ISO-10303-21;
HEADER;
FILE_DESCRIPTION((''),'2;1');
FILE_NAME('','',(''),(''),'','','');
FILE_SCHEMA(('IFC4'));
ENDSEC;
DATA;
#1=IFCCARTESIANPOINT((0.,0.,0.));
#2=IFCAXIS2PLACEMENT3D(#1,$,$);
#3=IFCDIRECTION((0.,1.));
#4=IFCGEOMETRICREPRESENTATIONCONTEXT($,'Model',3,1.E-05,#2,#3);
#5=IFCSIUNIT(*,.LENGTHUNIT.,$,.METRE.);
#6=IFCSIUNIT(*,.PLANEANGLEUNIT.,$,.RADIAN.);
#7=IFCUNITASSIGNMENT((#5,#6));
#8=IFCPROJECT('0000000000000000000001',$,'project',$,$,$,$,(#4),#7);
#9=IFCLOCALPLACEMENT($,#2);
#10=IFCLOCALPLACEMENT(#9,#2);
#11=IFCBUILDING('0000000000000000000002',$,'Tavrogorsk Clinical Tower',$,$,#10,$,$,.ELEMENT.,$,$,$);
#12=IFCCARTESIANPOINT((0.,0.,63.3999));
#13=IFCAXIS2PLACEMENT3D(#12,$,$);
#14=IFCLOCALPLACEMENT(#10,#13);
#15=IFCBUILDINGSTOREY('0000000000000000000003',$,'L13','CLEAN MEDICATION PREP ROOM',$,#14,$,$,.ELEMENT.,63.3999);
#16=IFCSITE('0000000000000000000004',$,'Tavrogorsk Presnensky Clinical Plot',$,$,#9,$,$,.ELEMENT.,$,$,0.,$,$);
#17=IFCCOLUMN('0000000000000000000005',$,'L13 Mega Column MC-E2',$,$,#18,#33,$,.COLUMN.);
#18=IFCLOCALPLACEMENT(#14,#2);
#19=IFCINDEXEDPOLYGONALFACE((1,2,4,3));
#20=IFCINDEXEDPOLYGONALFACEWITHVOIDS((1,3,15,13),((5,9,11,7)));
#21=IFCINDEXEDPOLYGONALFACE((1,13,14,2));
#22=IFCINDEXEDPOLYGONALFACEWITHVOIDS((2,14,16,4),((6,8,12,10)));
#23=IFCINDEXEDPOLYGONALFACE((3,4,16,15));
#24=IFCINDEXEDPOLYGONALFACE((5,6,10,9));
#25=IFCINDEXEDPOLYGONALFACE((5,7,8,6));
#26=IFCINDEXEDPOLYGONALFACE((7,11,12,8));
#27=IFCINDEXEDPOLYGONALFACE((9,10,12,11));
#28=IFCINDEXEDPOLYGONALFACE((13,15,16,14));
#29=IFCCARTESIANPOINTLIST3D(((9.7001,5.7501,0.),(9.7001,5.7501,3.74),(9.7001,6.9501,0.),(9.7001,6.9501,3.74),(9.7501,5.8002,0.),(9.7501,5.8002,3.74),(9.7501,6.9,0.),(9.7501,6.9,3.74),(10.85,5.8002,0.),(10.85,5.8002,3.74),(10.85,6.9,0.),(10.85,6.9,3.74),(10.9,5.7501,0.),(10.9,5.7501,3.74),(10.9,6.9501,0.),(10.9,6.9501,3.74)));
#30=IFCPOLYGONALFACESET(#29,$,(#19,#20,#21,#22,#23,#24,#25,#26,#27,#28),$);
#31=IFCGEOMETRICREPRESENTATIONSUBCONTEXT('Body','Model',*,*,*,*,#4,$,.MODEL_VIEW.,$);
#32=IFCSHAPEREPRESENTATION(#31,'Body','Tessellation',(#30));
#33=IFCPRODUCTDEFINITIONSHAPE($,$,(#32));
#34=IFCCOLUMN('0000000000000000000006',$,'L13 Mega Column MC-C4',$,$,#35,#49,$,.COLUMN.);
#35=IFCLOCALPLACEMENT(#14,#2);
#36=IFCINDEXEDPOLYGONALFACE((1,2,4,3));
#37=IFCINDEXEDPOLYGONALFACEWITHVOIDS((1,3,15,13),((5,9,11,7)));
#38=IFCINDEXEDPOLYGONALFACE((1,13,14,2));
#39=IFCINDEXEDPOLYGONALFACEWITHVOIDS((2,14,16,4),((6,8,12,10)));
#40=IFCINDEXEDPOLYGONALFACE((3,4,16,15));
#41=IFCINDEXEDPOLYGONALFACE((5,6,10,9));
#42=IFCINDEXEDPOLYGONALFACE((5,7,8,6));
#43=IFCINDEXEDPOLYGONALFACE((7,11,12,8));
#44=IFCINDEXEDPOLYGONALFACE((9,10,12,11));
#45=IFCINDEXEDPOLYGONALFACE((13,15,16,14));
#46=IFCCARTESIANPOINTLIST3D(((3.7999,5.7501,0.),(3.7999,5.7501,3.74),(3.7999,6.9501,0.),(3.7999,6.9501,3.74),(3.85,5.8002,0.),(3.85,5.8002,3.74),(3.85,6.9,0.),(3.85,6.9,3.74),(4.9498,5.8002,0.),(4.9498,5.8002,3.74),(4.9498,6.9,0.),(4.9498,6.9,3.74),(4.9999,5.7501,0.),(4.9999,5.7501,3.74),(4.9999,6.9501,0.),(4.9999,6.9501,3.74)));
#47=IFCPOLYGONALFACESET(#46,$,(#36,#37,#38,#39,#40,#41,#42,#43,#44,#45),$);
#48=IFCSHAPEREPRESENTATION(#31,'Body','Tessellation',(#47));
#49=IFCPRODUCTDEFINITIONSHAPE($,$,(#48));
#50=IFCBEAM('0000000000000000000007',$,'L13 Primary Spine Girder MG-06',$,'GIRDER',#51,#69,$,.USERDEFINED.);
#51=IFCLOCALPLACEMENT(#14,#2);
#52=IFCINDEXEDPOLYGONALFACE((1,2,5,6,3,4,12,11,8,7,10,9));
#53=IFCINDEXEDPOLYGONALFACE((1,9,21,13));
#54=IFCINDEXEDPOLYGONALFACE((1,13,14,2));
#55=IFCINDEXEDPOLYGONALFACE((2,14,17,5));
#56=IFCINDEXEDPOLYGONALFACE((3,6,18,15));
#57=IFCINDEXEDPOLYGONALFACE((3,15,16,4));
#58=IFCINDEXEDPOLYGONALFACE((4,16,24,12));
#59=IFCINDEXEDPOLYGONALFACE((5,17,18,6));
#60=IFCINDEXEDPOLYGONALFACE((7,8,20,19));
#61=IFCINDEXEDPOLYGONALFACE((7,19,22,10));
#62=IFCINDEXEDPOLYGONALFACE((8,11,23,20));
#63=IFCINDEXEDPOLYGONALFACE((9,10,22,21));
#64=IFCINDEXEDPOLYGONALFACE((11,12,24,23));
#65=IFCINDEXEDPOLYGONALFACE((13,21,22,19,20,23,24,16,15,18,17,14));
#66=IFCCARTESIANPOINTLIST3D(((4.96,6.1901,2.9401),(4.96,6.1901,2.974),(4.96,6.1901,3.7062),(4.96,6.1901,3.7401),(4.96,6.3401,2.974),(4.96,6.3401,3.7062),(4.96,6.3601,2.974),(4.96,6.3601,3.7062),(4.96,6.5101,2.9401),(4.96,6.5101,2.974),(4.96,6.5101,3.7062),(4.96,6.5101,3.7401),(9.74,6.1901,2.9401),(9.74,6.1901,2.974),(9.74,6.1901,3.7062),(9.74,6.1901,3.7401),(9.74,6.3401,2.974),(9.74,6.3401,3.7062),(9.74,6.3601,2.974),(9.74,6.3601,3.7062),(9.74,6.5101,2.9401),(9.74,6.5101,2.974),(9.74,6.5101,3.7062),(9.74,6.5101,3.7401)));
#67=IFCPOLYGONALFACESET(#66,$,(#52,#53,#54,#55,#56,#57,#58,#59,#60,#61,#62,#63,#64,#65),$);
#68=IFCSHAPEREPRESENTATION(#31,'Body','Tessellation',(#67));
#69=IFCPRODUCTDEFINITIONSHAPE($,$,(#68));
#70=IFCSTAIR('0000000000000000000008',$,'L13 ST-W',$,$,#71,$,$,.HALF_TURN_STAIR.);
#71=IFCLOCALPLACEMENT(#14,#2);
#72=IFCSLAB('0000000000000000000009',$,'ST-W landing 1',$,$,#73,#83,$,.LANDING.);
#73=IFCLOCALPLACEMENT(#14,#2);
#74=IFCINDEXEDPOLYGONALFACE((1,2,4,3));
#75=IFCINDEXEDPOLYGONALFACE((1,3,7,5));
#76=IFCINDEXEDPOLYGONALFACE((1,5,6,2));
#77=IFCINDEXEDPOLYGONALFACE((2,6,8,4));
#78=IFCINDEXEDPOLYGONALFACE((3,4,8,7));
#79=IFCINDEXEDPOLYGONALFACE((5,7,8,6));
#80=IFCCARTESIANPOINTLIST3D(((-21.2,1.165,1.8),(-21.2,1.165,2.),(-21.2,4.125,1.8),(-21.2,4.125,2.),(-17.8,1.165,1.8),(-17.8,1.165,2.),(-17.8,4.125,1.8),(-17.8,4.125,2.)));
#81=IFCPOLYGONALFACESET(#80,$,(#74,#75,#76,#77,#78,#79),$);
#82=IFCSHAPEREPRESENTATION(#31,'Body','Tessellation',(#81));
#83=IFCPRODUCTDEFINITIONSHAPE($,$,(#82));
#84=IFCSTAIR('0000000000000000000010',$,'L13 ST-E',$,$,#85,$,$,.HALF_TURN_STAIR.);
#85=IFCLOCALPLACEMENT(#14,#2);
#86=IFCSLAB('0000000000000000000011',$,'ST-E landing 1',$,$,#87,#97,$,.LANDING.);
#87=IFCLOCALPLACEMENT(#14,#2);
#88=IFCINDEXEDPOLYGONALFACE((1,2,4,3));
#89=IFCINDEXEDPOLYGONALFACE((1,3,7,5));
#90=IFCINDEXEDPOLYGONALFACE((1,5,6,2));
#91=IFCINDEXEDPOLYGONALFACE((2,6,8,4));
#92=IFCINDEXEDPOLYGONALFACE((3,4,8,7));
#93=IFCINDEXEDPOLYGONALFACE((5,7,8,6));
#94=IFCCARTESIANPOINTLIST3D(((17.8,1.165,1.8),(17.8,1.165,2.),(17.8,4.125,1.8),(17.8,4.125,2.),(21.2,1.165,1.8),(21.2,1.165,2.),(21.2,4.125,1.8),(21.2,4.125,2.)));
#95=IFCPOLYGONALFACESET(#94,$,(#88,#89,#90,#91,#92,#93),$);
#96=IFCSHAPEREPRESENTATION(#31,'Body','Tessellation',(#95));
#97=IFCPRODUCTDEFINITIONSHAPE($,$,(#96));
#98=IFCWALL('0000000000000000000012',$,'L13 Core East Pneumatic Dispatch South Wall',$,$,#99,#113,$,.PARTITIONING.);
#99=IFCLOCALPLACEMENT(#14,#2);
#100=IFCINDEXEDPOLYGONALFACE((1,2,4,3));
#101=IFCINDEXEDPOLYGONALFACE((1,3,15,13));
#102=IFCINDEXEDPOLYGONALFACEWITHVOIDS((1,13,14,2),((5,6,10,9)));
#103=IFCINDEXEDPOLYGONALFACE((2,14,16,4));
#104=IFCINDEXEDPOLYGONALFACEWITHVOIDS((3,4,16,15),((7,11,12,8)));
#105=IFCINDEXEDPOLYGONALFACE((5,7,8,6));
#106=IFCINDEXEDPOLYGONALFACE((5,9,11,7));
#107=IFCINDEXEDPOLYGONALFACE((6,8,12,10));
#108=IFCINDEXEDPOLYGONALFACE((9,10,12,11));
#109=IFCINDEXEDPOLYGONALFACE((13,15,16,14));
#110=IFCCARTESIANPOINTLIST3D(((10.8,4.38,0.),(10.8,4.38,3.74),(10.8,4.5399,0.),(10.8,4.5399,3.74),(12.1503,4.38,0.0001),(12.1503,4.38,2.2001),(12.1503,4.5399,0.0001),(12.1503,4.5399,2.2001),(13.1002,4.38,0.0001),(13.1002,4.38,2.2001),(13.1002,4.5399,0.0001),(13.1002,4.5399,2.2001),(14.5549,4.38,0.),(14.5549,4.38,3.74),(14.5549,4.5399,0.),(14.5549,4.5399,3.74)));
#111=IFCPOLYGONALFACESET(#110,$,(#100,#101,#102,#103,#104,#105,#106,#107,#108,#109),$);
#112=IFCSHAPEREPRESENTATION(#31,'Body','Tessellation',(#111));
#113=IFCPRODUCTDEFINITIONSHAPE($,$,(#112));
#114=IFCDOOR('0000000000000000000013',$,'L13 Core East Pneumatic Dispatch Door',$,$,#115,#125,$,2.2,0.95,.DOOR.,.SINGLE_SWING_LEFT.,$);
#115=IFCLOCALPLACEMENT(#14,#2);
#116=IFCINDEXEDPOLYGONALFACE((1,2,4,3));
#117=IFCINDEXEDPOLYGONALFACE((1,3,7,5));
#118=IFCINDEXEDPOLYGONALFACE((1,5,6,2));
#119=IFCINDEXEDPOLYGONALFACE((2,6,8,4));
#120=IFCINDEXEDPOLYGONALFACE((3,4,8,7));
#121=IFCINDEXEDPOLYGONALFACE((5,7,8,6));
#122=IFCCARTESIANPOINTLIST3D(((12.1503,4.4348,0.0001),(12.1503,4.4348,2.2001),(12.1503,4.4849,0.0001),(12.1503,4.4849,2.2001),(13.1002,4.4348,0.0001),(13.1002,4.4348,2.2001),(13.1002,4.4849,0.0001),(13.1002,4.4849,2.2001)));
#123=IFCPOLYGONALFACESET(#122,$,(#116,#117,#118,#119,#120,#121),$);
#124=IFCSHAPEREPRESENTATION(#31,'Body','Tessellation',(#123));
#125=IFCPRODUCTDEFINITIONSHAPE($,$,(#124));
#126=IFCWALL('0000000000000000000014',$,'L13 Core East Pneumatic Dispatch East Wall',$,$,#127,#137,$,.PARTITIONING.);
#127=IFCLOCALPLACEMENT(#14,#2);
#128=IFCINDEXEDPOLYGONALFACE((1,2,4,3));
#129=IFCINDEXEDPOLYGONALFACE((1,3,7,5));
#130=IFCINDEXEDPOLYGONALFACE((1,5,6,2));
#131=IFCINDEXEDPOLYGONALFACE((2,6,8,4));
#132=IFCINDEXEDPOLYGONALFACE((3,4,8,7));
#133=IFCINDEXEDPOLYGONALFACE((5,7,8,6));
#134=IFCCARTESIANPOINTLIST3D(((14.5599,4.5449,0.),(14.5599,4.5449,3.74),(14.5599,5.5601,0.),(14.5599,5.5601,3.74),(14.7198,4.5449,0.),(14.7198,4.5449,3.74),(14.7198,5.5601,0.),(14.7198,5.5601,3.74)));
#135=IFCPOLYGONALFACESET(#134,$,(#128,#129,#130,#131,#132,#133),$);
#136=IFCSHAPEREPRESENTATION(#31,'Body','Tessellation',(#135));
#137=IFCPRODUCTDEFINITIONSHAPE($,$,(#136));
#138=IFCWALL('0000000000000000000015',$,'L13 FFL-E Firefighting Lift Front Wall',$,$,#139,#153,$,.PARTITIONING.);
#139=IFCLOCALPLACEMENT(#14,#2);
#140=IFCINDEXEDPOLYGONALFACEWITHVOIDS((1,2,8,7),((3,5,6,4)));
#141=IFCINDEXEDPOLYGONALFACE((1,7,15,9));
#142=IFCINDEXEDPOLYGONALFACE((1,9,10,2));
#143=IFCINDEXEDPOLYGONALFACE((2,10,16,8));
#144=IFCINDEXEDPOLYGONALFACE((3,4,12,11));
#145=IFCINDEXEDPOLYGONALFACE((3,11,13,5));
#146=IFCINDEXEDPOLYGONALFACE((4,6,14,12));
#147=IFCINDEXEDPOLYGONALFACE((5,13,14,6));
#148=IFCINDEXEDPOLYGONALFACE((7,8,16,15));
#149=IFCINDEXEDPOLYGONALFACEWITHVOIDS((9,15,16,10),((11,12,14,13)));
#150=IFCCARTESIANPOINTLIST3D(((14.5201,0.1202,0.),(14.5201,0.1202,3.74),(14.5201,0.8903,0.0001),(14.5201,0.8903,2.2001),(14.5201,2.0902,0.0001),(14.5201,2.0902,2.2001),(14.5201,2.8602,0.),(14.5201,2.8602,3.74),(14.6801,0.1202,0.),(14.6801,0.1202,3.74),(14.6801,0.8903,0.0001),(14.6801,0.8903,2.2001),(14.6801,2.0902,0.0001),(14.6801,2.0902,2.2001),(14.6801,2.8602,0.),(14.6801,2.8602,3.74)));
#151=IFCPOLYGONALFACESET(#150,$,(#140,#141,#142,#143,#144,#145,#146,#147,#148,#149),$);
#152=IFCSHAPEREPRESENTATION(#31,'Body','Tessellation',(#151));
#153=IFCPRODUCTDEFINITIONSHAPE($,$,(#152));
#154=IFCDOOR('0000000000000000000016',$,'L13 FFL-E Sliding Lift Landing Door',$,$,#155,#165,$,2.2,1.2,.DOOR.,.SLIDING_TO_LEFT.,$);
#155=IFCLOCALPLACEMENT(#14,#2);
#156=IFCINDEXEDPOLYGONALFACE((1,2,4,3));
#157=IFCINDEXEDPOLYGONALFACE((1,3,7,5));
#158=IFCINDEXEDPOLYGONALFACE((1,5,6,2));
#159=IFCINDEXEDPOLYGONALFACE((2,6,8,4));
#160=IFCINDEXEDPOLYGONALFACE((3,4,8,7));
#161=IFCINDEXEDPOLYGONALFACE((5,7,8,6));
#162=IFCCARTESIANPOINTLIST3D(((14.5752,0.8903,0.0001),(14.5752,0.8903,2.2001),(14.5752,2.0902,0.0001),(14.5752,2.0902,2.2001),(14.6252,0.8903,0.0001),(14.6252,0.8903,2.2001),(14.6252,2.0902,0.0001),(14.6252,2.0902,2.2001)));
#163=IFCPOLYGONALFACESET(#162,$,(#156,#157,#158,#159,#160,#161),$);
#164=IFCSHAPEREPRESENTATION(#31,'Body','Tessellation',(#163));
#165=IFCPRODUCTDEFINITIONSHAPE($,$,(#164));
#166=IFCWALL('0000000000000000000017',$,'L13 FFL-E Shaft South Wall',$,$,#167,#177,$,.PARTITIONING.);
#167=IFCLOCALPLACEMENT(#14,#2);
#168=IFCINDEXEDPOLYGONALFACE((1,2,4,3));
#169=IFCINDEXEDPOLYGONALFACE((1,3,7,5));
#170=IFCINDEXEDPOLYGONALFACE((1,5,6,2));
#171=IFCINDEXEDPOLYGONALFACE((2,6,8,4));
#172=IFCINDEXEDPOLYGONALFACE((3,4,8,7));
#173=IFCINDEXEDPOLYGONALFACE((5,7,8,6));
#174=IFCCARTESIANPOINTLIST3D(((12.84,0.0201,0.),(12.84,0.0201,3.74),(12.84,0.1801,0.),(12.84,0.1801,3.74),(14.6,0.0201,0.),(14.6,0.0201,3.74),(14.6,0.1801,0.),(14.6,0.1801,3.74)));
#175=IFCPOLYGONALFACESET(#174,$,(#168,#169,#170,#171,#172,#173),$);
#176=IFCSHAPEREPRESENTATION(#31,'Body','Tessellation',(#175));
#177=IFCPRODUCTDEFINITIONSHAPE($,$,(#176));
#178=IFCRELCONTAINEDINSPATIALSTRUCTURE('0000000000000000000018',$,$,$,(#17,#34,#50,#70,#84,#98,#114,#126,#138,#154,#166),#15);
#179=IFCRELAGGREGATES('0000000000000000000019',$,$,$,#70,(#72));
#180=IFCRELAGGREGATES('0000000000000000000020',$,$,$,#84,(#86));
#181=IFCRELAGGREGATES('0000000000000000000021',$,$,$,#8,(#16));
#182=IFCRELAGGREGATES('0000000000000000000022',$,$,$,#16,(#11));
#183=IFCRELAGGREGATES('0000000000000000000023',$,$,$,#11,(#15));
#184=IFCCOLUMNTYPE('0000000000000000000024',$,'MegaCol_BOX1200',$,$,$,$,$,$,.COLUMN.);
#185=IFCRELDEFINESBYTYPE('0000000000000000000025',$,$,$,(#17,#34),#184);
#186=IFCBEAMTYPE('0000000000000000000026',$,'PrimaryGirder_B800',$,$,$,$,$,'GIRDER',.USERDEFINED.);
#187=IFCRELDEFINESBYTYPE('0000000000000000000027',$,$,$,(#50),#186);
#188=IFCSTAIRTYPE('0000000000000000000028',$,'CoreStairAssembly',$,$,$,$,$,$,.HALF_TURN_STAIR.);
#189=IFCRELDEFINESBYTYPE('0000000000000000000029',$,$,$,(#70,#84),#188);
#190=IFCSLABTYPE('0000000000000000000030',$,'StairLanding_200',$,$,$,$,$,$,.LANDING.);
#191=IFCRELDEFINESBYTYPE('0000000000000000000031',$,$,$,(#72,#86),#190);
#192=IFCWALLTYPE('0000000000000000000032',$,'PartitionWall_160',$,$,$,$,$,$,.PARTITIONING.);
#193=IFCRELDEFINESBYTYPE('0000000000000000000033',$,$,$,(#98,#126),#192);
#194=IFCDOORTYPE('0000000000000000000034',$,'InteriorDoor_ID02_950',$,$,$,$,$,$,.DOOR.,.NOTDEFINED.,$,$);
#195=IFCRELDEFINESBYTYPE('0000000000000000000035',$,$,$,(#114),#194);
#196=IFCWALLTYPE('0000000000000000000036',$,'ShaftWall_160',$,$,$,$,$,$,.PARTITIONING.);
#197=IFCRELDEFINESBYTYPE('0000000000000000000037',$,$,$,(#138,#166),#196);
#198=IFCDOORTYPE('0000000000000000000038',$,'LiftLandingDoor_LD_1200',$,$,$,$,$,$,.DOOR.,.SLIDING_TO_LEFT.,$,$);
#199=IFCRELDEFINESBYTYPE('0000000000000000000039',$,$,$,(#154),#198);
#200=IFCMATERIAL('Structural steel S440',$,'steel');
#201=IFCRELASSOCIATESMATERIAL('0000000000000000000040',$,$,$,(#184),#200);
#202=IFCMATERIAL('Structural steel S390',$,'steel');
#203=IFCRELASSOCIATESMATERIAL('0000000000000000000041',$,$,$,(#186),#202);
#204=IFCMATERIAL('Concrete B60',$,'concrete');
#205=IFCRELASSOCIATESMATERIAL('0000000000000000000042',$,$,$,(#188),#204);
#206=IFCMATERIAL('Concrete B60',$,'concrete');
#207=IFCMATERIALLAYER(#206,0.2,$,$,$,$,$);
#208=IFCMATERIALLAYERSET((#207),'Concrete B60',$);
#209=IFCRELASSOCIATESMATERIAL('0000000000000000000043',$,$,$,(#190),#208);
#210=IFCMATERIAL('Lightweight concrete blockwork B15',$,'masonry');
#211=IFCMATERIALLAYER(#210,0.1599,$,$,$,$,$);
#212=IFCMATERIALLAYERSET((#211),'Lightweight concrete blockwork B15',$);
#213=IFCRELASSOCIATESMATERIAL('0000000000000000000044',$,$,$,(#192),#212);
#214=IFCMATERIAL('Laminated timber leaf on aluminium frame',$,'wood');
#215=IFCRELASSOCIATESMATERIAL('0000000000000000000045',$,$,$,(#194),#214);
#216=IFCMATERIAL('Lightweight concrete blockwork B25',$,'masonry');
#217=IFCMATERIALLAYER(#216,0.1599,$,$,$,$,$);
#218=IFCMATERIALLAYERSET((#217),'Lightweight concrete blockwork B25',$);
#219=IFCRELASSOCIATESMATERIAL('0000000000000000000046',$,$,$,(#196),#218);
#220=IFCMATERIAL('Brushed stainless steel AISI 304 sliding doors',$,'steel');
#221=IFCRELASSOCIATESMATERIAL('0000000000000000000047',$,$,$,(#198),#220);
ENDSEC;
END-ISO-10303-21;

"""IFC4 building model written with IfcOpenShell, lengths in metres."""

from ifc_helpers import new_model, si_unit, direction, frame, frame_2d, origin, origin_2d, place, context, subcontext, project, spatial, polyline, rectangle, hollow_rectangle, i_section, outline, extrude, material, layer, layer_set, material_profile, profile_set, type_object, element, fill, aggregate, save


model = new_model("IFC4")

# Units and contexts
model_context = context("Model", 3, precision=1e-05, world=origin(), true_north=direction((0.0, 1.0)))
body_context = subcontext(model_context, "Body", "Model", "MODEL_VIEW")
ifc_project = project(units=[si_unit("LENGTHUNIT", "METRE"), si_unit("PLANEANGLEUNIT", "RADIAN")], contexts=[model_context])

# Site, building, storey
site_placement = place(None, origin())
site = spatial("IfcSite", under=ifc_project, at=site_placement, Name="Tavrogorsk Presnensky Clinical Plot", CompositionType="ELEMENT", RefElevation=0.0)
building_placement = place(site_placement, origin())
building = spatial("IfcBuilding", under=site, at=building_placement, Name="Tavrogorsk Clinical Tower", CompositionType="ELEMENT")
storey_placement = place(building_placement, frame((0.0, 0.0, 63.3999)))
storey = spatial("IfcBuildingStorey", under=building, at=storey_placement, Name="L13", Description="CLEAN MEDICATION PREP ROOM", CompositionType="ELEMENT", Elevation=63.3999)

# Columns
ifc_material_1 = material(Name="Structural steel S440", Category="steel")
ifc_material_profile_1 = material_profile(ifc_material_1, hollow_rectangle(XDim=1.2, YDim=1.2, WallThickness=0.05, at=origin_2d()), Name="BOX-1200x1200x50")
ifc_profile_set_1 = profile_set([ifc_material_profile_1], Name="Structural steel S440")
column_type = type_object("IfcColumnType", Name="MegaCol_BOX1200", PredefinedType="COLUMN", material=ifc_profile_set_1)
for number, where, z_axis, x_axis, name in (
    (1, (10.3, 6.3501, 0.0), (0.0, 0.0, 1.0), (1.0, 0.0, 0.0), "L13 Mega Column MC-E2"),
    (2, (4.3999, 6.3501, 0.0), (0.0, 0.0, 1.0), (1.0, 0.0, 0.0), "L13 Mega Column MC-C4"),
):
    element("IfcColumn", number, at=place(storey_placement, frame(where, z_axis=z_axis, x_axis=x_axis)), inside=storey, type_object=column_type, Name=name, PredefinedType="COLUMN", context=body_context, shape_type="SweptSolid", body=[
        extrude(hollow_rectangle(XDim=1.2, YDim=1.2, WallThickness=0.05, at=origin_2d()), origin(), (0.0, 0.0, 1.0), 3.74),
    ])

# Beam
ifc_material_2 = material(Name="Structural steel S390", Category="steel")
ifc_material_profile_2 = material_profile(ifc_material_2, i_section(OverallWidth=0.3201, OverallDepth=0.8, WebThickness=0.02, FlangeThickness=0.0339, at=origin_2d()), Name="B-800x320x20x34")
ifc_profile_set_2 = profile_set([ifc_material_profile_2], Name="Structural steel S390")
beam_type = type_object("IfcBeamType", Name="PrimaryGirder_B800", ElementType="GIRDER", PredefinedType="USERDEFINED", material=ifc_profile_set_2)
beam_placement = place(storey_placement, frame((4.96, 6.3501, 3.3401), z_axis=(1.0, 0.0, 0.0), x_axis=(0.0, 1.0, 0.0)))
element("IfcBeam", 3, at=beam_placement, inside=storey, type_object=beam_type, Name="L13 Primary Spine Girder MG-06", ObjectType="GIRDER", PredefinedType="USERDEFINED", context=body_context, shape_type="SweptSolid", body=[
    extrude(i_section(OverallWidth=0.3201, OverallDepth=0.8, WebThickness=0.02, FlangeThickness=0.0339, at=origin_2d()), origin(), (0.0, 0.0, 1.0), 4.78),
])

# Stairs, slabs
ifc_material_3 = material(Name="Concrete B60", Category="concrete")
stair_type = type_object("IfcStairType", Name="CoreStairAssembly", PredefinedType="HALF_TURN_STAIR", material=ifc_material_3)
stair_1_placement = place(storey_placement, origin())
stair_1 = element("IfcStair", 4, at=stair_1_placement, inside=storey, type_object=stair_type, Name="L13 ST-W", PredefinedType="HALF_TURN_STAIR")
ifc_material_4 = material(Name="Concrete B60", Category="concrete")
ifc_layer_1 = layer(ifc_material_4, 0.2)
ifc_layer_set_1 = layer_set([ifc_layer_1], Name="Concrete B60")
slab_type = type_object("IfcSlabType", Name="StairLanding_200", PredefinedType="LANDING", material=ifc_layer_set_1)
slab_1_placement = place(storey_placement, frame((0.0, 0.0, 1.8)))
slab_1 = element("IfcSlab", 5, at=slab_1_placement, type_object=slab_type, Name="ST-W landing 1", PredefinedType="LANDING", context=body_context, shape_type="SweptSolid", body=[
    extrude(outline(polyline([(-17.8, 1.165), (-17.8, 4.125), (-21.2, 4.125), (-21.2, 1.165), (-17.8, 1.165)])), origin(), (0.0, 0.0, 1.0), 0.2),
])
aggregate(stair_1, [slab_1])
stair_2_placement = place(storey_placement, origin())
stair_2 = element("IfcStair", 6, at=stair_2_placement, inside=storey, type_object=stair_type, Name="L13 ST-E", PredefinedType="HALF_TURN_STAIR")
slab_2_placement = place(storey_placement, frame((0.0, 0.0, 1.8)))
slab_2 = element("IfcSlab", 7, at=slab_2_placement, type_object=slab_type, Name="ST-E landing 1", PredefinedType="LANDING", context=body_context, shape_type="SweptSolid", body=[
    extrude(outline(polyline([(21.2, 1.165), (21.2, 4.125), (17.8, 4.125), (17.8, 1.165), (21.2, 1.165)])), origin(), (0.0, 0.0, 1.0), 0.2),
])
aggregate(stair_2, [slab_2])

# Wall, opening, door
ifc_material_5 = material(Name="Lightweight concrete blockwork B15", Category="masonry")
ifc_layer_2 = layer(ifc_material_5, 0.1599)
ifc_layer_set_2 = layer_set([ifc_layer_2], Name="Lightweight concrete blockwork B15")
wall_type_1 = type_object("IfcWallType", Name="PartitionWall_160", PredefinedType="PARTITIONING", material=ifc_layer_set_2)
wall_1_placement = place(storey_placement, frame((10.8, 4.46, 0.0), z_axis=(0.0, 0.0, 1.0), x_axis=(1.0, 0.0, 0.0)))
wall_1 = element("IfcWall", 8, at=wall_1_placement, inside=storey, type_object=wall_type_1, Name="L13 Core East Pneumatic Dispatch South Wall", PredefinedType="PARTITIONING", context=body_context, shape_type="SweptSolid", body=[
    extrude(rectangle(XDim=3.7549, YDim=0.1599, at=frame_2d((1.8774, 0.0))), origin(), (0.0, 0.0, 1.0), 3.74),
])
opening_1_placement = place(wall_1_placement, frame((1.3501, 0.0, 0.0)))
opening_1 = element("IfcOpeningElement", 9, at=opening_1_placement, cuts=wall_1, PredefinedType="OPENING", context=body_context, shape_type="SweptSolid", body=[
    extrude(rectangle(XDim=0.95, YDim=2.2, at=frame_2d((0.4751, 1.1001))), frame((0.0, 0.0898, 0.0), z_axis=(0.0, -1.0, 0.0), x_axis=(1.0, 0.0, 0.0)), (0.0, 0.0, 1.0), 0.1799),
])
ifc_material_6 = material(Name="Laminated timber leaf on aluminium frame", Category="wood")
door_type_1 = type_object("IfcDoorType", Name="InteriorDoor_ID02_950", OperationType="NOTDEFINED", PredefinedType="DOOR", material=ifc_material_6)
door_1_placement = place(opening_1_placement, origin())
door_1 = element("IfcDoor", 10, at=door_1_placement, inside=storey, type_object=door_type_1, Name="L13 Core East Pneumatic Dispatch Door", OperationType="SINGLE_SWING_LEFT", OverallHeight=2.2, OverallWidth=0.95, PredefinedType="DOOR", context=body_context, shape_type="SweptSolid", body=[
    extrude(rectangle(XDim=0.95, YDim=2.2, at=frame_2d((0.4751, 1.1001))), frame((0.0, 0.0249, 0.0), z_axis=(0.0, -1.0, 0.0), x_axis=(1.0, 0.0, 0.0)), (0.0, 0.0, 1.0), 0.05),
])
fill(opening_1, door_1)

# Wall
wall_2_placement = place(storey_placement, frame((14.6399, 4.5449, 0.0), z_axis=(0.0, 0.0, 1.0), x_axis=(0.0, 1.0, 0.0)))
element("IfcWall", 11, at=wall_2_placement, inside=storey, type_object=wall_type_1, Name="L13 Core East Pneumatic Dispatch East Wall", PredefinedType="PARTITIONING", context=body_context, shape_type="SweptSolid", body=[
    extrude(rectangle(XDim=1.0151, YDim=0.1599, at=frame_2d((0.5076, 0.0))), origin(), (0.0, 0.0, 1.0), 3.74),
])

# Wall, opening, door
ifc_material_7 = material(Name="Lightweight concrete blockwork B25", Category="masonry")
ifc_layer_3 = layer(ifc_material_7, 0.1599)
ifc_layer_set_3 = layer_set([ifc_layer_3], Name="Lightweight concrete blockwork B25")
wall_type_2 = type_object("IfcWallType", Name="ShaftWall_160", PredefinedType="PARTITIONING", material=ifc_layer_set_3)
wall_3_placement = place(storey_placement, frame((14.6001, 0.1201, 0.0), z_axis=(0.0, 0.0, 1.0), x_axis=(0.0, 1.0, 0.0)))
wall_3 = element("IfcWall", 12, at=wall_3_placement, inside=storey, type_object=wall_type_2, Name="L13 FFL-E Firefighting Lift Front Wall", PredefinedType="PARTITIONING", context=body_context, shape_type="SweptSolid", body=[
    extrude(rectangle(XDim=2.74, YDim=0.1599, at=frame_2d((1.3701, 0.0))), origin(), (0.0, 0.0, 1.0), 3.74),
])
opening_2_placement = place(wall_3_placement, frame((0.77, 0.0, 0.0)))
opening_2 = element("IfcOpeningElement", 13, at=opening_2_placement, cuts=wall_3, PredefinedType="OPENING", context=body_context, shape_type="SweptSolid", body=[
    extrude(rectangle(XDim=1.2, YDim=2.2, at=frame_2d((0.6001, 1.1001))), frame((0.0, 0.0898, 0.0), z_axis=(0.0, -1.0, 0.0), x_axis=(1.0, 0.0, 0.0)), (0.0, 0.0, 1.0), 0.1799),
])
ifc_material_8 = material(Name="Brushed stainless steel AISI 304 sliding doors", Category="steel")
door_type_2 = type_object("IfcDoorType", Name="LiftLandingDoor_LD_1200", OperationType="SLIDING_TO_LEFT", PredefinedType="DOOR", material=ifc_material_8)
door_2_placement = place(opening_2_placement, origin())
door_2 = element("IfcDoor", 14, at=door_2_placement, inside=storey, type_object=door_type_2, Name="L13 FFL-E Sliding Lift Landing Door", OperationType="SLIDING_TO_LEFT", OverallHeight=2.2, OverallWidth=1.2, PredefinedType="DOOR", context=body_context, shape_type="SweptSolid", body=[
    extrude(rectangle(XDim=1.2, YDim=2.2, at=frame_2d((0.6001, 1.1001))), frame((0.0, 0.0249, 0.0), z_axis=(0.0, -1.0, 0.0), x_axis=(1.0, 0.0, 0.0)), (0.0, 0.0, 1.0), 0.05),
])
fill(opening_2, door_2)

# Wall
for number, where, z_axis, x_axis, name in (
    (15, (12.8401, 0.1001, 0.0), (0.0, 0.0, 1.0), (1.0, 0.0, 0.0), "L13 FFL-E Shaft South Wall"),
):
    element("IfcWall", number, at=place(storey_placement, frame(where, z_axis=z_axis, x_axis=x_axis)), inside=storey, type_object=wall_type_2, Name=name, PredefinedType="PARTITIONING", context=body_context, shape_type="SweptSolid", body=[
        extrude(rectangle(XDim=1.76, YDim=0.1599, at=frame_2d((0.8799, 0.0))), origin(), (0.0, 0.0, 1.0), 3.74),
    ])

save(model, "model.ifc")
